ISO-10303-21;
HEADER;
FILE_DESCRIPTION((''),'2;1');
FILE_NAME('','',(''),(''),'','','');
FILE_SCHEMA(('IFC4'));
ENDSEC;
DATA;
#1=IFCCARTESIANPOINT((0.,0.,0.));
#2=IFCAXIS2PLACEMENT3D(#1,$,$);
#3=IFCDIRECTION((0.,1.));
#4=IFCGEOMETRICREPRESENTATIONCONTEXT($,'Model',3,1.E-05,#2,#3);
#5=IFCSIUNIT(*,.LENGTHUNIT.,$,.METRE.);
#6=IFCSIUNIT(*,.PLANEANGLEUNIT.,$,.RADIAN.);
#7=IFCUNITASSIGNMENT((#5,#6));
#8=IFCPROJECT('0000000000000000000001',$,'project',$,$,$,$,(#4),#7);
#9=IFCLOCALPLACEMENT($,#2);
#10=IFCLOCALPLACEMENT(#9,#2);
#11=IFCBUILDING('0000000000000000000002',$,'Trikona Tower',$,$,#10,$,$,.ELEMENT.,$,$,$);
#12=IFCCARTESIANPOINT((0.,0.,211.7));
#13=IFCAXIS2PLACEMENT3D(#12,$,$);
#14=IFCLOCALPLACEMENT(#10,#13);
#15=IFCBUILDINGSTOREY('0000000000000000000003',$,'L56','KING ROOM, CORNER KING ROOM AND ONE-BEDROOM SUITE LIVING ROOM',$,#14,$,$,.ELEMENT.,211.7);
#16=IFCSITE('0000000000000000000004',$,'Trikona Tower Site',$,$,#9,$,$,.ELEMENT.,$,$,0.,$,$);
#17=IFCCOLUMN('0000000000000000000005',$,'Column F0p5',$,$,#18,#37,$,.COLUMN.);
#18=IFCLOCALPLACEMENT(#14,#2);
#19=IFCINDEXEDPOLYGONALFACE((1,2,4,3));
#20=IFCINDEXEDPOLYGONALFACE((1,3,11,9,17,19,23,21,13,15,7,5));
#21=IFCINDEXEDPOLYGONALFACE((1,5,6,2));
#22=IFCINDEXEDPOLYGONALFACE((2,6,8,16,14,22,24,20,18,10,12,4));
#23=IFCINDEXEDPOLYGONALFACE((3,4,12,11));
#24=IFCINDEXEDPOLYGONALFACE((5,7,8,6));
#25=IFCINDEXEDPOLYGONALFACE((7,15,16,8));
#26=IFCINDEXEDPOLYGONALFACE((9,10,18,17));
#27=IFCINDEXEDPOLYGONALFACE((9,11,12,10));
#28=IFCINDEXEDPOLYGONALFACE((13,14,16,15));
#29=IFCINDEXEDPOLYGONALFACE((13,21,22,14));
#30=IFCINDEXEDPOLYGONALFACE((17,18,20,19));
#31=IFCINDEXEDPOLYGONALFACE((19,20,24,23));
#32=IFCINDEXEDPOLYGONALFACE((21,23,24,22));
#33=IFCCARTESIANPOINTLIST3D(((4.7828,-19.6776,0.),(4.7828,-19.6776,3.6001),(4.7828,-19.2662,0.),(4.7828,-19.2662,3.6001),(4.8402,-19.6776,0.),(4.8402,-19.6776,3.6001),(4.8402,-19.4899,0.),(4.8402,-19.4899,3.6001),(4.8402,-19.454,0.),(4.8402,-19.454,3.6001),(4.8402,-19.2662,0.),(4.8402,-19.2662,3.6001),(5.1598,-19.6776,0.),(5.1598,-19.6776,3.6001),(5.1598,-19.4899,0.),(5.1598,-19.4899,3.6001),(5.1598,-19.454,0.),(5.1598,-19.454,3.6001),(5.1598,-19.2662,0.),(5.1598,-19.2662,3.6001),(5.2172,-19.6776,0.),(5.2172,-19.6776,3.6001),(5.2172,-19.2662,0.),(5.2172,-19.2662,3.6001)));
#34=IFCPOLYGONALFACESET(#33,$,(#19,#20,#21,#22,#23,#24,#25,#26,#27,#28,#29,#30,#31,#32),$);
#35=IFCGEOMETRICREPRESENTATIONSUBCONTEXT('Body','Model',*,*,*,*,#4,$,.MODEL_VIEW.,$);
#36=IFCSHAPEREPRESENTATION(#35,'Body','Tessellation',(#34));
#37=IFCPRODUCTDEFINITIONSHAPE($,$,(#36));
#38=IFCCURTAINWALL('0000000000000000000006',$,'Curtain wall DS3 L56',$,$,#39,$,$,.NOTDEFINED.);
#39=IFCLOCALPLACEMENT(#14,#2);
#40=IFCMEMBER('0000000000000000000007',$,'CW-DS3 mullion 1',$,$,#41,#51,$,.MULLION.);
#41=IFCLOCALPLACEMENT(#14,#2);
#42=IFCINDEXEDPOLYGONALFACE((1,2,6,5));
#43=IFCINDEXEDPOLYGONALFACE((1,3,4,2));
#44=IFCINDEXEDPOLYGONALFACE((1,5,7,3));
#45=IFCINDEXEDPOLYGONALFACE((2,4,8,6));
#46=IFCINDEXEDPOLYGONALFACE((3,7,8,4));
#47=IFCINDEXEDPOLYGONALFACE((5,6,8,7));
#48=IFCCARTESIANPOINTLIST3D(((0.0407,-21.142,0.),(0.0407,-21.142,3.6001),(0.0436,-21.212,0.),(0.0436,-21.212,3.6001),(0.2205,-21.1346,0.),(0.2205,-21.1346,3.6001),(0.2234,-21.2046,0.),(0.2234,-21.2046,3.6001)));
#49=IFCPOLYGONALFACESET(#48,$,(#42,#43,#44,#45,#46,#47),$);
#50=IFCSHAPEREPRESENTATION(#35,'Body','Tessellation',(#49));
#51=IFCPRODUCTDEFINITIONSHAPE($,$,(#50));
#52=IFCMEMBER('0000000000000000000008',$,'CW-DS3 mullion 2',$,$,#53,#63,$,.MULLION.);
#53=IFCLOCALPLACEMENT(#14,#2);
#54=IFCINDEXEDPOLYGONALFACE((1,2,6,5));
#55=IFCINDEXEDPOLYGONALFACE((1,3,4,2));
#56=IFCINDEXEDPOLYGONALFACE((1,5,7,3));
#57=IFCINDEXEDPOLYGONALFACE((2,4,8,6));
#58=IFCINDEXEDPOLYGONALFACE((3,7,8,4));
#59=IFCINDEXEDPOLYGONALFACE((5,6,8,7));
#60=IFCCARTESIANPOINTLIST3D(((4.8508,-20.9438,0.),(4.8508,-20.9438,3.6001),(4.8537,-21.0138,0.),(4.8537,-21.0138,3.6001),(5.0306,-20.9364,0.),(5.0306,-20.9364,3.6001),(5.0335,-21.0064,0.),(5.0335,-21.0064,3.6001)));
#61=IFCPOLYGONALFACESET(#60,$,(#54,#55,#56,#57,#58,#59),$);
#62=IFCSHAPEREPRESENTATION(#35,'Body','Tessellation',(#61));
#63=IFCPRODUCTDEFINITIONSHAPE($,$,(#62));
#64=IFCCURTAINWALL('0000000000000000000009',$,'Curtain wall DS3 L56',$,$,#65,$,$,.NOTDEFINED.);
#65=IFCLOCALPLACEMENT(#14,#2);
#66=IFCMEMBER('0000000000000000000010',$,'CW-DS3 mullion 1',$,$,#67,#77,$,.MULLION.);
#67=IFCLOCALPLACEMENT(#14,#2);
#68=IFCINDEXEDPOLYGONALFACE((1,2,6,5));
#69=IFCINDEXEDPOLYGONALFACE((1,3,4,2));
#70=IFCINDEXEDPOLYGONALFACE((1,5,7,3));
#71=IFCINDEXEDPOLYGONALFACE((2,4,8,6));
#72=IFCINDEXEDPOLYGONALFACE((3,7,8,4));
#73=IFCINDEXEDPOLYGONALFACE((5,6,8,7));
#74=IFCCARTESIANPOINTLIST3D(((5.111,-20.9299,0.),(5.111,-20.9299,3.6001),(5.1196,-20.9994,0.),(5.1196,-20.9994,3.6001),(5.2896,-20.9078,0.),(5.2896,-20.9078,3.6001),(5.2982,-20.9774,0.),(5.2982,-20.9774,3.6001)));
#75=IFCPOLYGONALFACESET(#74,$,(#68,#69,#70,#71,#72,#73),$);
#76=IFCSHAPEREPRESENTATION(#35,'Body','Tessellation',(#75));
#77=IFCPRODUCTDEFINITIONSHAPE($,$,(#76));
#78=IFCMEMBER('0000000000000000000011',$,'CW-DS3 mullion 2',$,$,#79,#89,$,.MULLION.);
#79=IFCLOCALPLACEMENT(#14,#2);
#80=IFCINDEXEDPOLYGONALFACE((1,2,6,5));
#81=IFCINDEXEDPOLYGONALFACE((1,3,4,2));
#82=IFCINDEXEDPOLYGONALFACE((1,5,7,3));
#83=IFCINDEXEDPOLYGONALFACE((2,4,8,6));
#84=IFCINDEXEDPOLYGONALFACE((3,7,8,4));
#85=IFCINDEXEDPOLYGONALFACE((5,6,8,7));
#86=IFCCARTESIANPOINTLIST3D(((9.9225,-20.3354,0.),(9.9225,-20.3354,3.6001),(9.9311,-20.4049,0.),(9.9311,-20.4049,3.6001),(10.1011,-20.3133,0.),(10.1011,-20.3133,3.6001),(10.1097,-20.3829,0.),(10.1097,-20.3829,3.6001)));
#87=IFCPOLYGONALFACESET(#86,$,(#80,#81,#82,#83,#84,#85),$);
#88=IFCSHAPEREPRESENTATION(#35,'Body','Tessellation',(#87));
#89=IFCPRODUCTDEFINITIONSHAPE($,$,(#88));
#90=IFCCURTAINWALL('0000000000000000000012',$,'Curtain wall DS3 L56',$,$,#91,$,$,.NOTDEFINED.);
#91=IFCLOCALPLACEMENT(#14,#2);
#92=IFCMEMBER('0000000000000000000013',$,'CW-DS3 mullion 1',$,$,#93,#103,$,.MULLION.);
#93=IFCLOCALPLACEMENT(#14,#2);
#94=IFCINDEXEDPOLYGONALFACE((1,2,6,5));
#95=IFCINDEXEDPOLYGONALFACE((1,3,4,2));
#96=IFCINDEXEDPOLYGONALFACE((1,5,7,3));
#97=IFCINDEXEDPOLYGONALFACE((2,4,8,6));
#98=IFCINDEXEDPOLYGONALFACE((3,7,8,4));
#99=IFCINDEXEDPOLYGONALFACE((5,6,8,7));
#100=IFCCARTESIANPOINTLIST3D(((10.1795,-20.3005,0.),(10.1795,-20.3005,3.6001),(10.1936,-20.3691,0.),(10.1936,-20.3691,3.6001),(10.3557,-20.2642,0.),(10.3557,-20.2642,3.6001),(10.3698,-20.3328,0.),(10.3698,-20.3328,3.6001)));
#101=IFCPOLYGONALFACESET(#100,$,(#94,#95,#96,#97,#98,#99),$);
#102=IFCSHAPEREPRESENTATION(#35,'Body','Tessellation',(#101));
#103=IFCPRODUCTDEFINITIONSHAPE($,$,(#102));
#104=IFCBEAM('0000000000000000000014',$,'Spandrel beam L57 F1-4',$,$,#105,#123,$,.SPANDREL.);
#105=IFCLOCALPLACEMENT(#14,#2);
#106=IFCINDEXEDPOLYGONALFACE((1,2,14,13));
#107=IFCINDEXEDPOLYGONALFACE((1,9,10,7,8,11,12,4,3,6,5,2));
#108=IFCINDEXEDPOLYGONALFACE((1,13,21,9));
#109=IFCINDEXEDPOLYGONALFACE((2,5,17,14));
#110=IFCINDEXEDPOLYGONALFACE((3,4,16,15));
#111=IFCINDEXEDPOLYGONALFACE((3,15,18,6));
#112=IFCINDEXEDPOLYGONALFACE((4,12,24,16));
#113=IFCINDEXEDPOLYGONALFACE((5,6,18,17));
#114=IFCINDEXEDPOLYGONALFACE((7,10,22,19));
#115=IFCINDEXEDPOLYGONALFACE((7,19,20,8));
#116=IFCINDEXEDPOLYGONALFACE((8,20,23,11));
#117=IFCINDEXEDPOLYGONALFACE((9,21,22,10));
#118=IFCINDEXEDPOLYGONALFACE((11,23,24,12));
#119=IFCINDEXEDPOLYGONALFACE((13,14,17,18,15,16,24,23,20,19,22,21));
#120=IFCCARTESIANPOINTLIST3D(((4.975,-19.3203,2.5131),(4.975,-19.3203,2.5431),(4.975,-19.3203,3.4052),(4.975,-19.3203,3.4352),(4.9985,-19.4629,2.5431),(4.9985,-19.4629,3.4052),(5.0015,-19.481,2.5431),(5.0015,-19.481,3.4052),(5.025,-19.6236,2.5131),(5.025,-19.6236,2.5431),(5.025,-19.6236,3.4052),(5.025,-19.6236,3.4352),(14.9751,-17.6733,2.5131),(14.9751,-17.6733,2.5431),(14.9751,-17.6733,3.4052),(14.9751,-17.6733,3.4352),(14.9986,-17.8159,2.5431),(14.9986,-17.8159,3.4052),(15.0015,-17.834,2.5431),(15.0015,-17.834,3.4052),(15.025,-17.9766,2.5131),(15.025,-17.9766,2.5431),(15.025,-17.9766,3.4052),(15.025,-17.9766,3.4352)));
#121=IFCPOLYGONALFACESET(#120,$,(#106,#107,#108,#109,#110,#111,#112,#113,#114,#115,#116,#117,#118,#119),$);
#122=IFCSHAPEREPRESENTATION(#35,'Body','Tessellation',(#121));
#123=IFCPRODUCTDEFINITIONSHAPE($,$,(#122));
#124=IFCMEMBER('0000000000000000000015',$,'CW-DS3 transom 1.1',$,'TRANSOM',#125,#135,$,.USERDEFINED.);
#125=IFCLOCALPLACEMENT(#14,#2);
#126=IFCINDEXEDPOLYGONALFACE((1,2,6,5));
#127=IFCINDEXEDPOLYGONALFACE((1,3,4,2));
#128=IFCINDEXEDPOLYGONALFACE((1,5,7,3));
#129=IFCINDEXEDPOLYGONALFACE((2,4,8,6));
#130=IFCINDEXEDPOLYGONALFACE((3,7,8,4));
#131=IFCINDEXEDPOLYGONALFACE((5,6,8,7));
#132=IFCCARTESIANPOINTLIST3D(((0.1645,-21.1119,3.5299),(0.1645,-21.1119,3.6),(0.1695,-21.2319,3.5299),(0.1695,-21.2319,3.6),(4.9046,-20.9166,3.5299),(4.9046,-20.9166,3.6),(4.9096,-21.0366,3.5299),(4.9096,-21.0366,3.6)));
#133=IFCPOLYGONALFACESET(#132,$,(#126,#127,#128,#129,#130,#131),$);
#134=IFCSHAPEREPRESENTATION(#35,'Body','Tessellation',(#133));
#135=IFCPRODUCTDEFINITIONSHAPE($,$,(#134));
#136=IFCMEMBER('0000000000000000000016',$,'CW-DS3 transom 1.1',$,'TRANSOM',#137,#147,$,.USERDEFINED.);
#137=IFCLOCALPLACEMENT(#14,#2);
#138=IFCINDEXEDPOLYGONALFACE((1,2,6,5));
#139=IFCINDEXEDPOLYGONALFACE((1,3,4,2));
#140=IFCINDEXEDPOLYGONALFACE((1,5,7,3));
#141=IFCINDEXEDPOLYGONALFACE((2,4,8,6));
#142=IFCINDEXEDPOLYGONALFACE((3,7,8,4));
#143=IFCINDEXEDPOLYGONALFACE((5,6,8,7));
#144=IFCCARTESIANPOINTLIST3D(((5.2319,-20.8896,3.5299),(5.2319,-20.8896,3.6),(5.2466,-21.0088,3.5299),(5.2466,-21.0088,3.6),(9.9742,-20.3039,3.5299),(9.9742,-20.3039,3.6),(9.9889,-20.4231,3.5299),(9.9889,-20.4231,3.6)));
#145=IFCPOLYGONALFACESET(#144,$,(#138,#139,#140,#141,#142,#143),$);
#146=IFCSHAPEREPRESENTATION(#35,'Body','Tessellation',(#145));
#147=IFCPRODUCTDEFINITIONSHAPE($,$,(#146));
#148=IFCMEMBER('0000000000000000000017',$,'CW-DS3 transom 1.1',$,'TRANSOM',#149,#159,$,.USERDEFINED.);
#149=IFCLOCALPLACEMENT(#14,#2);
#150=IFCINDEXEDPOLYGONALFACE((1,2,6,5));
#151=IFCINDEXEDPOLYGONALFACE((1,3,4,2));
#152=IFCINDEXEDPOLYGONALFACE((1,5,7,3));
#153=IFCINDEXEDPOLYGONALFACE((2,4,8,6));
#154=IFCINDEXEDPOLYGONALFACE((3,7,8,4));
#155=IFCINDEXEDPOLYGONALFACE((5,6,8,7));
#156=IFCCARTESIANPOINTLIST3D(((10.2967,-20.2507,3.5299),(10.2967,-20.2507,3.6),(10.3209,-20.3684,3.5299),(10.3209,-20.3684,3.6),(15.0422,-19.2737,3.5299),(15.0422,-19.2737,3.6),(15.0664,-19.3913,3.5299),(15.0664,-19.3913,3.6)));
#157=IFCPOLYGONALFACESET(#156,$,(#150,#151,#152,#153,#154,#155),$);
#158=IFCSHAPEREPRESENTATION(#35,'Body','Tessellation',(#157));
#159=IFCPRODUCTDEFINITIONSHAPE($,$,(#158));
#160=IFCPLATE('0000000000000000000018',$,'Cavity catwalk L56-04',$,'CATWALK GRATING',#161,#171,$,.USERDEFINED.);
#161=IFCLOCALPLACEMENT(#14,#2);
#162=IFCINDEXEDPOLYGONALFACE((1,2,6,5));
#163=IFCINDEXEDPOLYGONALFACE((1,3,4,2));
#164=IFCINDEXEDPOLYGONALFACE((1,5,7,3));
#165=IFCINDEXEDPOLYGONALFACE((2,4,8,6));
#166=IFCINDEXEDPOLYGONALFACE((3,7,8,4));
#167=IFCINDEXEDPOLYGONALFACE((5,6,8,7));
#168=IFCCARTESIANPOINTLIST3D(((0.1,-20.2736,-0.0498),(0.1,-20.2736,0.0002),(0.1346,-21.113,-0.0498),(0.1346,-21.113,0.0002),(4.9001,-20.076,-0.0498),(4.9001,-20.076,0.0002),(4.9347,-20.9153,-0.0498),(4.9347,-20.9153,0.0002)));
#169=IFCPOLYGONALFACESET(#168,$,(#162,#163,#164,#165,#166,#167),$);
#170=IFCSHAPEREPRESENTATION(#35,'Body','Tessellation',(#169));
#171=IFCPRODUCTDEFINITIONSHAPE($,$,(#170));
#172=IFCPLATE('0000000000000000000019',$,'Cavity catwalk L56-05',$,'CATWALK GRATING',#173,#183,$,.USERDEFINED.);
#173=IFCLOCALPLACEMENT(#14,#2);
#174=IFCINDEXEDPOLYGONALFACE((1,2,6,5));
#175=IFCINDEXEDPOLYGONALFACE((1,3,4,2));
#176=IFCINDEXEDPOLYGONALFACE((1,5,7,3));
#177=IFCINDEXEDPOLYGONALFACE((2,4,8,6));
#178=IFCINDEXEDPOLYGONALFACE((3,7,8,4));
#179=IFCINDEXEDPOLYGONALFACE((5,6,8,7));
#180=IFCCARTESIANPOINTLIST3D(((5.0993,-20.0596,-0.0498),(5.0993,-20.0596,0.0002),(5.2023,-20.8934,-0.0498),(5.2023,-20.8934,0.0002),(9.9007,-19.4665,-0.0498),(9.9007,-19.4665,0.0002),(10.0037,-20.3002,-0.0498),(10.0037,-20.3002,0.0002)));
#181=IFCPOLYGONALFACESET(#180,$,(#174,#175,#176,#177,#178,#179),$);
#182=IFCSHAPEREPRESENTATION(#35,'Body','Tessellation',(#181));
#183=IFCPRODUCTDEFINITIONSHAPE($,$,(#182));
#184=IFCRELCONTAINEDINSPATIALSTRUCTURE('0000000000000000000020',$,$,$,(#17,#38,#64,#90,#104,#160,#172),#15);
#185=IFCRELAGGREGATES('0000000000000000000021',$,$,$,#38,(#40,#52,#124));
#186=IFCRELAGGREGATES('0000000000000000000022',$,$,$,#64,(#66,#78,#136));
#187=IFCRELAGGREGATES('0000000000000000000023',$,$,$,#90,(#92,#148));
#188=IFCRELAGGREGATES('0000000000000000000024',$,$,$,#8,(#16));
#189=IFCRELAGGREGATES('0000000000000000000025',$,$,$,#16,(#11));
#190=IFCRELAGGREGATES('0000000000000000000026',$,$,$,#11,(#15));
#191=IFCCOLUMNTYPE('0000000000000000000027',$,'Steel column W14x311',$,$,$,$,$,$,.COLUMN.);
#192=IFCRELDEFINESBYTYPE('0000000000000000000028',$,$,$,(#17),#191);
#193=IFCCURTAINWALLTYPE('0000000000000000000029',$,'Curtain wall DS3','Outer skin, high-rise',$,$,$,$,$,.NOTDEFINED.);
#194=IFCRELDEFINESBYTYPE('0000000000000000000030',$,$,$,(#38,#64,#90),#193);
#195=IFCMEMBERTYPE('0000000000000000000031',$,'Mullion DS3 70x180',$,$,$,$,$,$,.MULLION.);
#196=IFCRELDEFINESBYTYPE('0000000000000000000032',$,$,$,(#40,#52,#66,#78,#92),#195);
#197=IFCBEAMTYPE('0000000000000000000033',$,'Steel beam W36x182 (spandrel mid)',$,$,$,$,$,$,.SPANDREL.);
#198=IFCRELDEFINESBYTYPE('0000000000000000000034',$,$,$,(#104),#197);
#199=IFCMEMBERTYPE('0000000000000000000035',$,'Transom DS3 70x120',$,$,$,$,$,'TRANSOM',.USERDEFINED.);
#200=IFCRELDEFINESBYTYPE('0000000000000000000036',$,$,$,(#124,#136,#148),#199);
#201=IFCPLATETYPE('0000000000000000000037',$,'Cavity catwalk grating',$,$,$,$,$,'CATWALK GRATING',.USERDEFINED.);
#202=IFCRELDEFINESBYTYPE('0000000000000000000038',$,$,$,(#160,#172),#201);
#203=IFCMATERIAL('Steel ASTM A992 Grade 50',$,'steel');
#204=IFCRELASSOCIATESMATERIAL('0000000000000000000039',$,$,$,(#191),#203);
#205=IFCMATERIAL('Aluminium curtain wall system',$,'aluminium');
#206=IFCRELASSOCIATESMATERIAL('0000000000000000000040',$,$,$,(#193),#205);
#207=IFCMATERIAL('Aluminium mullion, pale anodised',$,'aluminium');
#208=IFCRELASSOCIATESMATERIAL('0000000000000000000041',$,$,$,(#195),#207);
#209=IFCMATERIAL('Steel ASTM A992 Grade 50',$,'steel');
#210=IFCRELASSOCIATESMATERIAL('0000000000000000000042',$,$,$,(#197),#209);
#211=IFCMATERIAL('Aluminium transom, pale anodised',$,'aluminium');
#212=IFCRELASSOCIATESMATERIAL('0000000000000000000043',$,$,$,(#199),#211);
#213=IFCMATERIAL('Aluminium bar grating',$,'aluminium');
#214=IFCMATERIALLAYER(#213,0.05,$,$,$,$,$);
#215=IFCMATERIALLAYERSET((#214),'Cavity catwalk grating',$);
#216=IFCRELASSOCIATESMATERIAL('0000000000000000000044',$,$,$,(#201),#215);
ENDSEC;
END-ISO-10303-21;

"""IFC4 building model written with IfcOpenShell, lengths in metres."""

from ifc_helpers import new_model, si_unit, direction, frame, origin, origin_2d, place, context, subcontext, project, spatial, rectangle, i_section, extrude, material, layer, layer_set, material_profile, profile_set, type_object, element, aggregate, save


model = new_model("IFC4")

# Units and contexts
model_context = context("Model", 3, precision=1e-05, world=origin(), true_north=direction((0.0, 1.0)))
body_context = subcontext(model_context, "Body", "Model", "MODEL_VIEW")
ifc_project = project(units=[si_unit("LENGTHUNIT", "METRE"), si_unit("PLANEANGLEUNIT", "RADIAN")], contexts=[model_context])

# Site, building, storey
site_placement = place(None, origin())
site = spatial("IfcSite", under=ifc_project, at=site_placement, Name="Trikona Tower Site", CompositionType="ELEMENT", RefElevation=0.0)
building_placement = place(site_placement, origin())
building = spatial("IfcBuilding", under=site, at=building_placement, Name="Trikona Tower", CompositionType="ELEMENT")
storey_placement = place(building_placement, frame((0.0, 0.0, 211.7)))
storey = spatial("IfcBuildingStorey", under=building, at=storey_placement, Name="L56", Description="KING ROOM, CORNER KING ROOM AND ONE-BEDROOM SUITE LIVING ROOM", CompositionType="ELEMENT", Elevation=211.7)

# Column
ifc_material_1 = material(Name="Steel ASTM A992 Grade 50", Category="steel")
ifc_material_profile_1 = material_profile(ifc_material_1, i_section(OverallWidth=0.4114, OverallDepth=0.4343, WebThickness=0.0359, FlangeThickness=0.0574, at=origin_2d()), Name="W14X311")
ifc_profile_set_1 = profile_set([ifc_material_profile_1], Name="Steel ASTM A992 Grade 50")
column_type = type_object("IfcColumnType", Name="Steel column W14x311", PredefinedType="COLUMN", material=ifc_profile_set_1)
column_placement = place(storey_placement, frame((5.0, -19.4719, 0.0), z_axis=(0.0, 0.0, 1.0), x_axis=(0.0, -1.0, 0.0)))
element("IfcColumn", 1, at=column_placement, inside=storey, type_object=column_type, Name="Column F0p5", PredefinedType="COLUMN", context=body_context, shape_type="SweptSolid", body=[
    extrude(i_section(OverallWidth=0.4114, OverallDepth=0.4343, WebThickness=0.0359, FlangeThickness=0.0574, at=origin_2d()), origin(), (0.0, 0.0, 1.0), 3.6001),
])

# Curtain walls, members
ifc_material_2 = material(Name="Aluminium curtain wall system", Category="aluminium")
curtain_wall_type = type_object("IfcCurtainWallType", Name="Curtain wall DS3", Description="Outer skin, high-rise", PredefinedType="NOTDEFINED", material=ifc_material_2)
curtain_wall_1_placement = place(storey_placement, origin())
curtain_wall_1 = element("IfcCurtainWall", 2, at=curtain_wall_1_placement, inside=storey, type_object=curtain_wall_type, Name="Curtain wall DS3 L56", PredefinedType="NOTDEFINED")
ifc_material_3 = material(Name="Aluminium mullion, pale anodised", Category="aluminium")
ifc_material_profile_2 = material_profile(ifc_material_3, rectangle(XDim=0.0701, YDim=0.1799, at=origin_2d()), Name="MUL-DS3")
ifc_profile_set_2 = profile_set([ifc_material_profile_2], Name="Aluminium mullion, pale anodised")
member_type_1 = type_object("IfcMemberType", Name="Mullion DS3 70x180", PredefinedType="MULLION", material=ifc_profile_set_2)
member_1_placement = place(storey_placement, frame((0.1321, -21.1733, 0.0), z_axis=(0.0, 0.0, 1.0), x_axis=(-0.041153, 0.999153, 0.0)))
member_1 = element("IfcMember", 3, at=member_1_placement, type_object=member_type_1, Name="CW-DS3 mullion 1", PredefinedType="MULLION", context=body_context, shape_type="SweptSolid", body=[
    extrude(rectangle(XDim=0.0701, YDim=0.1799, at=origin_2d()), origin(), (0.0, 0.0, 1.0), 3.6001),
])
member_2_placement = place(storey_placement, frame((4.9421, -20.9751, 0.0), z_axis=(0.0, 0.0, 1.0), x_axis=(-0.041153, 0.999153, 0.0)))
member_2 = element("IfcMember", 4, at=member_2_placement, type_object=member_type_1, Name="CW-DS3 mullion 2", PredefinedType="MULLION", context=body_context, shape_type="SweptSolid", body=[
    extrude(rectangle(XDim=0.0701, YDim=0.1799, at=origin_2d()), origin(), (0.0, 0.0, 1.0), 3.6001),
])
curtain_wall_2_placement = place(storey_placement, origin())
curtain_wall_2 = element("IfcCurtainWall", 5, at=curtain_wall_2_placement, inside=storey, type_object=curtain_wall_type, Name="Curtain wall DS3 L56", PredefinedType="NOTDEFINED")
member_3_placement = place(storey_placement, frame((5.2046, -20.9536, 0.0), z_axis=(0.0, 0.0, 1.0), x_axis=(-0.122611, 0.992455, 0.0)))
member_3 = element("IfcMember", 6, at=member_3_placement, type_object=member_type_1, Name="CW-DS3 mullion 1", PredefinedType="MULLION", context=body_context, shape_type="SweptSolid", body=[
    extrude(rectangle(XDim=0.0701, YDim=0.1799, at=origin_2d()), origin(), (0.0, 0.0, 1.0), 3.6001),
])
member_4_placement = place(storey_placement, frame((10.0161, -20.3591, 0.0), z_axis=(0.0, 0.0, 1.0), x_axis=(-0.122611, 0.992455, 0.0)))
member_4 = element("IfcMember", 7, at=member_4_placement, type_object=member_type_1, Name="CW-DS3 mullion 2", PredefinedType="MULLION", context=body_context, shape_type="SweptSolid", body=[
    extrude(rectangle(XDim=0.0701, YDim=0.1799, at=origin_2d()), origin(), (0.0, 0.0, 1.0), 3.6001),
])

# Curtain wall, member
curtain_wall_3_placement = place(storey_placement, origin())
curtain_wall_3 = element("IfcCurtainWall", 8, at=curtain_wall_3_placement, inside=storey, type_object=curtain_wall_type, Name="Curtain wall DS3 L56", PredefinedType="NOTDEFINED")
member_5_placement = place(storey_placement, frame((10.2747, -20.3167, 0.0), z_axis=(0.0, 0.0, 1.0), x_axis=(-0.201653, 0.979457, 0.0)))
member_5 = element("IfcMember", 9, at=member_5_placement, type_object=member_type_1, Name="CW-DS3 mullion 1", PredefinedType="MULLION", context=body_context, shape_type="SweptSolid", body=[
    extrude(rectangle(XDim=0.0701, YDim=0.1799, at=origin_2d()), origin(), (0.0, 0.0, 1.0), 3.6001),
])

# Beam
ifc_material_4 = material(Name="Steel ASTM A992 Grade 50", Category="steel")
ifc_material_profile_3 = material_profile(ifc_material_4, i_section(OverallWidth=0.3074, OverallDepth=0.9221, WebThickness=0.0183, FlangeThickness=0.03, at=origin_2d()), Name="W36X182")
ifc_profile_set_3 = profile_set([ifc_material_profile_3], Name="Steel ASTM A992 Grade 50")
beam_type = type_object("IfcBeamType", Name="Steel beam W36x182 (spandrel mid)", PredefinedType="SPANDREL", material=ifc_profile_set_3)
beam_placement = place(storey_placement, frame((5.0, -19.4719, 2.9741), z_axis=(0.986707, 0.162508, 0.0), x_axis=(-0.162508, 0.986707, 0.0)))
element("IfcBeam", 10, at=beam_placement, inside=storey, type_object=beam_type, Name="Spandrel beam L57 F1-4", PredefinedType="SPANDREL", context=body_context, shape_type="SweptSolid", body=[
    extrude(i_section(OverallWidth=0.3074, OverallDepth=0.9221, WebThickness=0.0183, FlangeThickness=0.03, at=origin_2d()), origin(), (0.0, 0.0, 1.0), 10.1348),
])

# Members
ifc_material_5 = material(Name="Aluminium transom, pale anodised", Category="aluminium")
ifc_material_profile_4 = material_profile(ifc_material_5, rectangle(XDim=0.1201, YDim=0.0701, at=origin_2d()), Name="TRN-DS3")
ifc_profile_set_4 = profile_set([ifc_material_profile_4], Name="Aluminium transom, pale anodised")
member_type_2 = type_object("IfcMemberType", Name="Transom DS3 70x120", ElementType="TRANSOM", PredefinedType="USERDEFINED", material=ifc_profile_set_4)
member_6_placement = place(storey_placement, frame((0.167, -21.1719, 3.5649), z_axis=(0.999152, 0.041168, 0.0), x_axis=(-0.041168, 0.999152, 0.0)))
member_6 = element("IfcMember", 11, at=member_6_placement, type_object=member_type_2, Name="CW-DS3 transom 1.1", ObjectType="TRANSOM", PredefinedType="USERDEFINED", context=body_context, shape_type="SweptSolid", body=[
    extrude(rectangle(XDim=0.1201, YDim=0.0701, at=origin_2d()), origin(), (0.0, 0.0, 1.0), 4.7441),
])
member_7_placement = place(storey_placement, frame((5.2393, -20.9492, 3.5649), z_axis=(0.992459, 0.122576, 0.0), x_axis=(-0.122576, 0.992459, 0.0)))
member_7 = element("IfcMember", 12, at=member_7_placement, type_object=member_type_2, Name="CW-DS3 transom 1.1", ObjectType="TRANSOM", PredefinedType="USERDEFINED", context=body_context, shape_type="SweptSolid", body=[
    extrude(rectangle(XDim=0.1201, YDim=0.0701, at=origin_2d()), origin(), (0.0, 0.0, 1.0), 4.7783),
])
member_8_placement = place(storey_placement, frame((10.3088, -20.3096, 3.5649), z_axis=(0.979454, 0.201666, 0.0), x_axis=(-0.201666, 0.979454, 0.0)))
member_8 = element("IfcMember", 13, at=member_8_placement, type_object=member_type_2, Name="CW-DS3 transom 1.1", ObjectType="TRANSOM", PredefinedType="USERDEFINED", context=body_context, shape_type="SweptSolid", body=[
    extrude(rectangle(XDim=0.1201, YDim=0.0701, at=origin_2d()), origin(), (0.0, 0.0, 1.0), 4.845),
])

# Plates
ifc_material_6 = material(Name="Aluminium bar grating", Category="aluminium")
ifc_layer_1 = layer(ifc_material_6, 0.05)
ifc_layer_set_1 = layer_set([ifc_layer_1], Name="Cavity catwalk grating")
plate_type_1 = type_object("IfcPlateType", Name="Cavity catwalk grating", ElementType="CATWALK GRATING", PredefinedType="USERDEFINED", material=ifc_layer_set_1)
plate_1_placement = place(storey_placement, frame((2.5173, -20.5945, -0.0498), z_axis=(0.0, 0.0, 1.0), x_axis=(0.999153, 0.041145, 0.0)))
element("IfcPlate", 14, at=plate_1_placement, inside=storey, type_object=plate_type_1, Name="Cavity catwalk L56-04", ObjectType="CATWALK GRATING", PredefinedType="USERDEFINED", context=body_context, shape_type="SweptSolid", body=[
    extrude(rectangle(XDim=4.8042, YDim=0.8401, at=origin_2d()), origin(), (0.0, 0.0, 1.0), 0.05),
])
plate_2_placement = place(storey_placement, frame((7.5515, -20.1799, -0.0498), z_axis=(0.0, 0.0, 1.0), x_axis=(0.992455, 0.122607, 0.0)))
element("IfcPlate", 15, at=plate_2_placement, inside=storey, type_object=plate_type_1, Name="Cavity catwalk L56-05", ObjectType="CATWALK GRATING", PredefinedType="USERDEFINED", context=body_context, shape_type="SweptSolid", body=[
    extrude(rectangle(XDim=4.8379, YDim=0.8401, at=origin_2d()), origin(), (0.0, 0.0, 1.0), 0.05),
])

aggregate(curtain_wall_1, [member_1, member_2, member_6])
aggregate(curtain_wall_2, [member_3, member_4, member_7])
aggregate(curtain_wall_3, [member_5, member_8])

save(model, "model.ifc")
